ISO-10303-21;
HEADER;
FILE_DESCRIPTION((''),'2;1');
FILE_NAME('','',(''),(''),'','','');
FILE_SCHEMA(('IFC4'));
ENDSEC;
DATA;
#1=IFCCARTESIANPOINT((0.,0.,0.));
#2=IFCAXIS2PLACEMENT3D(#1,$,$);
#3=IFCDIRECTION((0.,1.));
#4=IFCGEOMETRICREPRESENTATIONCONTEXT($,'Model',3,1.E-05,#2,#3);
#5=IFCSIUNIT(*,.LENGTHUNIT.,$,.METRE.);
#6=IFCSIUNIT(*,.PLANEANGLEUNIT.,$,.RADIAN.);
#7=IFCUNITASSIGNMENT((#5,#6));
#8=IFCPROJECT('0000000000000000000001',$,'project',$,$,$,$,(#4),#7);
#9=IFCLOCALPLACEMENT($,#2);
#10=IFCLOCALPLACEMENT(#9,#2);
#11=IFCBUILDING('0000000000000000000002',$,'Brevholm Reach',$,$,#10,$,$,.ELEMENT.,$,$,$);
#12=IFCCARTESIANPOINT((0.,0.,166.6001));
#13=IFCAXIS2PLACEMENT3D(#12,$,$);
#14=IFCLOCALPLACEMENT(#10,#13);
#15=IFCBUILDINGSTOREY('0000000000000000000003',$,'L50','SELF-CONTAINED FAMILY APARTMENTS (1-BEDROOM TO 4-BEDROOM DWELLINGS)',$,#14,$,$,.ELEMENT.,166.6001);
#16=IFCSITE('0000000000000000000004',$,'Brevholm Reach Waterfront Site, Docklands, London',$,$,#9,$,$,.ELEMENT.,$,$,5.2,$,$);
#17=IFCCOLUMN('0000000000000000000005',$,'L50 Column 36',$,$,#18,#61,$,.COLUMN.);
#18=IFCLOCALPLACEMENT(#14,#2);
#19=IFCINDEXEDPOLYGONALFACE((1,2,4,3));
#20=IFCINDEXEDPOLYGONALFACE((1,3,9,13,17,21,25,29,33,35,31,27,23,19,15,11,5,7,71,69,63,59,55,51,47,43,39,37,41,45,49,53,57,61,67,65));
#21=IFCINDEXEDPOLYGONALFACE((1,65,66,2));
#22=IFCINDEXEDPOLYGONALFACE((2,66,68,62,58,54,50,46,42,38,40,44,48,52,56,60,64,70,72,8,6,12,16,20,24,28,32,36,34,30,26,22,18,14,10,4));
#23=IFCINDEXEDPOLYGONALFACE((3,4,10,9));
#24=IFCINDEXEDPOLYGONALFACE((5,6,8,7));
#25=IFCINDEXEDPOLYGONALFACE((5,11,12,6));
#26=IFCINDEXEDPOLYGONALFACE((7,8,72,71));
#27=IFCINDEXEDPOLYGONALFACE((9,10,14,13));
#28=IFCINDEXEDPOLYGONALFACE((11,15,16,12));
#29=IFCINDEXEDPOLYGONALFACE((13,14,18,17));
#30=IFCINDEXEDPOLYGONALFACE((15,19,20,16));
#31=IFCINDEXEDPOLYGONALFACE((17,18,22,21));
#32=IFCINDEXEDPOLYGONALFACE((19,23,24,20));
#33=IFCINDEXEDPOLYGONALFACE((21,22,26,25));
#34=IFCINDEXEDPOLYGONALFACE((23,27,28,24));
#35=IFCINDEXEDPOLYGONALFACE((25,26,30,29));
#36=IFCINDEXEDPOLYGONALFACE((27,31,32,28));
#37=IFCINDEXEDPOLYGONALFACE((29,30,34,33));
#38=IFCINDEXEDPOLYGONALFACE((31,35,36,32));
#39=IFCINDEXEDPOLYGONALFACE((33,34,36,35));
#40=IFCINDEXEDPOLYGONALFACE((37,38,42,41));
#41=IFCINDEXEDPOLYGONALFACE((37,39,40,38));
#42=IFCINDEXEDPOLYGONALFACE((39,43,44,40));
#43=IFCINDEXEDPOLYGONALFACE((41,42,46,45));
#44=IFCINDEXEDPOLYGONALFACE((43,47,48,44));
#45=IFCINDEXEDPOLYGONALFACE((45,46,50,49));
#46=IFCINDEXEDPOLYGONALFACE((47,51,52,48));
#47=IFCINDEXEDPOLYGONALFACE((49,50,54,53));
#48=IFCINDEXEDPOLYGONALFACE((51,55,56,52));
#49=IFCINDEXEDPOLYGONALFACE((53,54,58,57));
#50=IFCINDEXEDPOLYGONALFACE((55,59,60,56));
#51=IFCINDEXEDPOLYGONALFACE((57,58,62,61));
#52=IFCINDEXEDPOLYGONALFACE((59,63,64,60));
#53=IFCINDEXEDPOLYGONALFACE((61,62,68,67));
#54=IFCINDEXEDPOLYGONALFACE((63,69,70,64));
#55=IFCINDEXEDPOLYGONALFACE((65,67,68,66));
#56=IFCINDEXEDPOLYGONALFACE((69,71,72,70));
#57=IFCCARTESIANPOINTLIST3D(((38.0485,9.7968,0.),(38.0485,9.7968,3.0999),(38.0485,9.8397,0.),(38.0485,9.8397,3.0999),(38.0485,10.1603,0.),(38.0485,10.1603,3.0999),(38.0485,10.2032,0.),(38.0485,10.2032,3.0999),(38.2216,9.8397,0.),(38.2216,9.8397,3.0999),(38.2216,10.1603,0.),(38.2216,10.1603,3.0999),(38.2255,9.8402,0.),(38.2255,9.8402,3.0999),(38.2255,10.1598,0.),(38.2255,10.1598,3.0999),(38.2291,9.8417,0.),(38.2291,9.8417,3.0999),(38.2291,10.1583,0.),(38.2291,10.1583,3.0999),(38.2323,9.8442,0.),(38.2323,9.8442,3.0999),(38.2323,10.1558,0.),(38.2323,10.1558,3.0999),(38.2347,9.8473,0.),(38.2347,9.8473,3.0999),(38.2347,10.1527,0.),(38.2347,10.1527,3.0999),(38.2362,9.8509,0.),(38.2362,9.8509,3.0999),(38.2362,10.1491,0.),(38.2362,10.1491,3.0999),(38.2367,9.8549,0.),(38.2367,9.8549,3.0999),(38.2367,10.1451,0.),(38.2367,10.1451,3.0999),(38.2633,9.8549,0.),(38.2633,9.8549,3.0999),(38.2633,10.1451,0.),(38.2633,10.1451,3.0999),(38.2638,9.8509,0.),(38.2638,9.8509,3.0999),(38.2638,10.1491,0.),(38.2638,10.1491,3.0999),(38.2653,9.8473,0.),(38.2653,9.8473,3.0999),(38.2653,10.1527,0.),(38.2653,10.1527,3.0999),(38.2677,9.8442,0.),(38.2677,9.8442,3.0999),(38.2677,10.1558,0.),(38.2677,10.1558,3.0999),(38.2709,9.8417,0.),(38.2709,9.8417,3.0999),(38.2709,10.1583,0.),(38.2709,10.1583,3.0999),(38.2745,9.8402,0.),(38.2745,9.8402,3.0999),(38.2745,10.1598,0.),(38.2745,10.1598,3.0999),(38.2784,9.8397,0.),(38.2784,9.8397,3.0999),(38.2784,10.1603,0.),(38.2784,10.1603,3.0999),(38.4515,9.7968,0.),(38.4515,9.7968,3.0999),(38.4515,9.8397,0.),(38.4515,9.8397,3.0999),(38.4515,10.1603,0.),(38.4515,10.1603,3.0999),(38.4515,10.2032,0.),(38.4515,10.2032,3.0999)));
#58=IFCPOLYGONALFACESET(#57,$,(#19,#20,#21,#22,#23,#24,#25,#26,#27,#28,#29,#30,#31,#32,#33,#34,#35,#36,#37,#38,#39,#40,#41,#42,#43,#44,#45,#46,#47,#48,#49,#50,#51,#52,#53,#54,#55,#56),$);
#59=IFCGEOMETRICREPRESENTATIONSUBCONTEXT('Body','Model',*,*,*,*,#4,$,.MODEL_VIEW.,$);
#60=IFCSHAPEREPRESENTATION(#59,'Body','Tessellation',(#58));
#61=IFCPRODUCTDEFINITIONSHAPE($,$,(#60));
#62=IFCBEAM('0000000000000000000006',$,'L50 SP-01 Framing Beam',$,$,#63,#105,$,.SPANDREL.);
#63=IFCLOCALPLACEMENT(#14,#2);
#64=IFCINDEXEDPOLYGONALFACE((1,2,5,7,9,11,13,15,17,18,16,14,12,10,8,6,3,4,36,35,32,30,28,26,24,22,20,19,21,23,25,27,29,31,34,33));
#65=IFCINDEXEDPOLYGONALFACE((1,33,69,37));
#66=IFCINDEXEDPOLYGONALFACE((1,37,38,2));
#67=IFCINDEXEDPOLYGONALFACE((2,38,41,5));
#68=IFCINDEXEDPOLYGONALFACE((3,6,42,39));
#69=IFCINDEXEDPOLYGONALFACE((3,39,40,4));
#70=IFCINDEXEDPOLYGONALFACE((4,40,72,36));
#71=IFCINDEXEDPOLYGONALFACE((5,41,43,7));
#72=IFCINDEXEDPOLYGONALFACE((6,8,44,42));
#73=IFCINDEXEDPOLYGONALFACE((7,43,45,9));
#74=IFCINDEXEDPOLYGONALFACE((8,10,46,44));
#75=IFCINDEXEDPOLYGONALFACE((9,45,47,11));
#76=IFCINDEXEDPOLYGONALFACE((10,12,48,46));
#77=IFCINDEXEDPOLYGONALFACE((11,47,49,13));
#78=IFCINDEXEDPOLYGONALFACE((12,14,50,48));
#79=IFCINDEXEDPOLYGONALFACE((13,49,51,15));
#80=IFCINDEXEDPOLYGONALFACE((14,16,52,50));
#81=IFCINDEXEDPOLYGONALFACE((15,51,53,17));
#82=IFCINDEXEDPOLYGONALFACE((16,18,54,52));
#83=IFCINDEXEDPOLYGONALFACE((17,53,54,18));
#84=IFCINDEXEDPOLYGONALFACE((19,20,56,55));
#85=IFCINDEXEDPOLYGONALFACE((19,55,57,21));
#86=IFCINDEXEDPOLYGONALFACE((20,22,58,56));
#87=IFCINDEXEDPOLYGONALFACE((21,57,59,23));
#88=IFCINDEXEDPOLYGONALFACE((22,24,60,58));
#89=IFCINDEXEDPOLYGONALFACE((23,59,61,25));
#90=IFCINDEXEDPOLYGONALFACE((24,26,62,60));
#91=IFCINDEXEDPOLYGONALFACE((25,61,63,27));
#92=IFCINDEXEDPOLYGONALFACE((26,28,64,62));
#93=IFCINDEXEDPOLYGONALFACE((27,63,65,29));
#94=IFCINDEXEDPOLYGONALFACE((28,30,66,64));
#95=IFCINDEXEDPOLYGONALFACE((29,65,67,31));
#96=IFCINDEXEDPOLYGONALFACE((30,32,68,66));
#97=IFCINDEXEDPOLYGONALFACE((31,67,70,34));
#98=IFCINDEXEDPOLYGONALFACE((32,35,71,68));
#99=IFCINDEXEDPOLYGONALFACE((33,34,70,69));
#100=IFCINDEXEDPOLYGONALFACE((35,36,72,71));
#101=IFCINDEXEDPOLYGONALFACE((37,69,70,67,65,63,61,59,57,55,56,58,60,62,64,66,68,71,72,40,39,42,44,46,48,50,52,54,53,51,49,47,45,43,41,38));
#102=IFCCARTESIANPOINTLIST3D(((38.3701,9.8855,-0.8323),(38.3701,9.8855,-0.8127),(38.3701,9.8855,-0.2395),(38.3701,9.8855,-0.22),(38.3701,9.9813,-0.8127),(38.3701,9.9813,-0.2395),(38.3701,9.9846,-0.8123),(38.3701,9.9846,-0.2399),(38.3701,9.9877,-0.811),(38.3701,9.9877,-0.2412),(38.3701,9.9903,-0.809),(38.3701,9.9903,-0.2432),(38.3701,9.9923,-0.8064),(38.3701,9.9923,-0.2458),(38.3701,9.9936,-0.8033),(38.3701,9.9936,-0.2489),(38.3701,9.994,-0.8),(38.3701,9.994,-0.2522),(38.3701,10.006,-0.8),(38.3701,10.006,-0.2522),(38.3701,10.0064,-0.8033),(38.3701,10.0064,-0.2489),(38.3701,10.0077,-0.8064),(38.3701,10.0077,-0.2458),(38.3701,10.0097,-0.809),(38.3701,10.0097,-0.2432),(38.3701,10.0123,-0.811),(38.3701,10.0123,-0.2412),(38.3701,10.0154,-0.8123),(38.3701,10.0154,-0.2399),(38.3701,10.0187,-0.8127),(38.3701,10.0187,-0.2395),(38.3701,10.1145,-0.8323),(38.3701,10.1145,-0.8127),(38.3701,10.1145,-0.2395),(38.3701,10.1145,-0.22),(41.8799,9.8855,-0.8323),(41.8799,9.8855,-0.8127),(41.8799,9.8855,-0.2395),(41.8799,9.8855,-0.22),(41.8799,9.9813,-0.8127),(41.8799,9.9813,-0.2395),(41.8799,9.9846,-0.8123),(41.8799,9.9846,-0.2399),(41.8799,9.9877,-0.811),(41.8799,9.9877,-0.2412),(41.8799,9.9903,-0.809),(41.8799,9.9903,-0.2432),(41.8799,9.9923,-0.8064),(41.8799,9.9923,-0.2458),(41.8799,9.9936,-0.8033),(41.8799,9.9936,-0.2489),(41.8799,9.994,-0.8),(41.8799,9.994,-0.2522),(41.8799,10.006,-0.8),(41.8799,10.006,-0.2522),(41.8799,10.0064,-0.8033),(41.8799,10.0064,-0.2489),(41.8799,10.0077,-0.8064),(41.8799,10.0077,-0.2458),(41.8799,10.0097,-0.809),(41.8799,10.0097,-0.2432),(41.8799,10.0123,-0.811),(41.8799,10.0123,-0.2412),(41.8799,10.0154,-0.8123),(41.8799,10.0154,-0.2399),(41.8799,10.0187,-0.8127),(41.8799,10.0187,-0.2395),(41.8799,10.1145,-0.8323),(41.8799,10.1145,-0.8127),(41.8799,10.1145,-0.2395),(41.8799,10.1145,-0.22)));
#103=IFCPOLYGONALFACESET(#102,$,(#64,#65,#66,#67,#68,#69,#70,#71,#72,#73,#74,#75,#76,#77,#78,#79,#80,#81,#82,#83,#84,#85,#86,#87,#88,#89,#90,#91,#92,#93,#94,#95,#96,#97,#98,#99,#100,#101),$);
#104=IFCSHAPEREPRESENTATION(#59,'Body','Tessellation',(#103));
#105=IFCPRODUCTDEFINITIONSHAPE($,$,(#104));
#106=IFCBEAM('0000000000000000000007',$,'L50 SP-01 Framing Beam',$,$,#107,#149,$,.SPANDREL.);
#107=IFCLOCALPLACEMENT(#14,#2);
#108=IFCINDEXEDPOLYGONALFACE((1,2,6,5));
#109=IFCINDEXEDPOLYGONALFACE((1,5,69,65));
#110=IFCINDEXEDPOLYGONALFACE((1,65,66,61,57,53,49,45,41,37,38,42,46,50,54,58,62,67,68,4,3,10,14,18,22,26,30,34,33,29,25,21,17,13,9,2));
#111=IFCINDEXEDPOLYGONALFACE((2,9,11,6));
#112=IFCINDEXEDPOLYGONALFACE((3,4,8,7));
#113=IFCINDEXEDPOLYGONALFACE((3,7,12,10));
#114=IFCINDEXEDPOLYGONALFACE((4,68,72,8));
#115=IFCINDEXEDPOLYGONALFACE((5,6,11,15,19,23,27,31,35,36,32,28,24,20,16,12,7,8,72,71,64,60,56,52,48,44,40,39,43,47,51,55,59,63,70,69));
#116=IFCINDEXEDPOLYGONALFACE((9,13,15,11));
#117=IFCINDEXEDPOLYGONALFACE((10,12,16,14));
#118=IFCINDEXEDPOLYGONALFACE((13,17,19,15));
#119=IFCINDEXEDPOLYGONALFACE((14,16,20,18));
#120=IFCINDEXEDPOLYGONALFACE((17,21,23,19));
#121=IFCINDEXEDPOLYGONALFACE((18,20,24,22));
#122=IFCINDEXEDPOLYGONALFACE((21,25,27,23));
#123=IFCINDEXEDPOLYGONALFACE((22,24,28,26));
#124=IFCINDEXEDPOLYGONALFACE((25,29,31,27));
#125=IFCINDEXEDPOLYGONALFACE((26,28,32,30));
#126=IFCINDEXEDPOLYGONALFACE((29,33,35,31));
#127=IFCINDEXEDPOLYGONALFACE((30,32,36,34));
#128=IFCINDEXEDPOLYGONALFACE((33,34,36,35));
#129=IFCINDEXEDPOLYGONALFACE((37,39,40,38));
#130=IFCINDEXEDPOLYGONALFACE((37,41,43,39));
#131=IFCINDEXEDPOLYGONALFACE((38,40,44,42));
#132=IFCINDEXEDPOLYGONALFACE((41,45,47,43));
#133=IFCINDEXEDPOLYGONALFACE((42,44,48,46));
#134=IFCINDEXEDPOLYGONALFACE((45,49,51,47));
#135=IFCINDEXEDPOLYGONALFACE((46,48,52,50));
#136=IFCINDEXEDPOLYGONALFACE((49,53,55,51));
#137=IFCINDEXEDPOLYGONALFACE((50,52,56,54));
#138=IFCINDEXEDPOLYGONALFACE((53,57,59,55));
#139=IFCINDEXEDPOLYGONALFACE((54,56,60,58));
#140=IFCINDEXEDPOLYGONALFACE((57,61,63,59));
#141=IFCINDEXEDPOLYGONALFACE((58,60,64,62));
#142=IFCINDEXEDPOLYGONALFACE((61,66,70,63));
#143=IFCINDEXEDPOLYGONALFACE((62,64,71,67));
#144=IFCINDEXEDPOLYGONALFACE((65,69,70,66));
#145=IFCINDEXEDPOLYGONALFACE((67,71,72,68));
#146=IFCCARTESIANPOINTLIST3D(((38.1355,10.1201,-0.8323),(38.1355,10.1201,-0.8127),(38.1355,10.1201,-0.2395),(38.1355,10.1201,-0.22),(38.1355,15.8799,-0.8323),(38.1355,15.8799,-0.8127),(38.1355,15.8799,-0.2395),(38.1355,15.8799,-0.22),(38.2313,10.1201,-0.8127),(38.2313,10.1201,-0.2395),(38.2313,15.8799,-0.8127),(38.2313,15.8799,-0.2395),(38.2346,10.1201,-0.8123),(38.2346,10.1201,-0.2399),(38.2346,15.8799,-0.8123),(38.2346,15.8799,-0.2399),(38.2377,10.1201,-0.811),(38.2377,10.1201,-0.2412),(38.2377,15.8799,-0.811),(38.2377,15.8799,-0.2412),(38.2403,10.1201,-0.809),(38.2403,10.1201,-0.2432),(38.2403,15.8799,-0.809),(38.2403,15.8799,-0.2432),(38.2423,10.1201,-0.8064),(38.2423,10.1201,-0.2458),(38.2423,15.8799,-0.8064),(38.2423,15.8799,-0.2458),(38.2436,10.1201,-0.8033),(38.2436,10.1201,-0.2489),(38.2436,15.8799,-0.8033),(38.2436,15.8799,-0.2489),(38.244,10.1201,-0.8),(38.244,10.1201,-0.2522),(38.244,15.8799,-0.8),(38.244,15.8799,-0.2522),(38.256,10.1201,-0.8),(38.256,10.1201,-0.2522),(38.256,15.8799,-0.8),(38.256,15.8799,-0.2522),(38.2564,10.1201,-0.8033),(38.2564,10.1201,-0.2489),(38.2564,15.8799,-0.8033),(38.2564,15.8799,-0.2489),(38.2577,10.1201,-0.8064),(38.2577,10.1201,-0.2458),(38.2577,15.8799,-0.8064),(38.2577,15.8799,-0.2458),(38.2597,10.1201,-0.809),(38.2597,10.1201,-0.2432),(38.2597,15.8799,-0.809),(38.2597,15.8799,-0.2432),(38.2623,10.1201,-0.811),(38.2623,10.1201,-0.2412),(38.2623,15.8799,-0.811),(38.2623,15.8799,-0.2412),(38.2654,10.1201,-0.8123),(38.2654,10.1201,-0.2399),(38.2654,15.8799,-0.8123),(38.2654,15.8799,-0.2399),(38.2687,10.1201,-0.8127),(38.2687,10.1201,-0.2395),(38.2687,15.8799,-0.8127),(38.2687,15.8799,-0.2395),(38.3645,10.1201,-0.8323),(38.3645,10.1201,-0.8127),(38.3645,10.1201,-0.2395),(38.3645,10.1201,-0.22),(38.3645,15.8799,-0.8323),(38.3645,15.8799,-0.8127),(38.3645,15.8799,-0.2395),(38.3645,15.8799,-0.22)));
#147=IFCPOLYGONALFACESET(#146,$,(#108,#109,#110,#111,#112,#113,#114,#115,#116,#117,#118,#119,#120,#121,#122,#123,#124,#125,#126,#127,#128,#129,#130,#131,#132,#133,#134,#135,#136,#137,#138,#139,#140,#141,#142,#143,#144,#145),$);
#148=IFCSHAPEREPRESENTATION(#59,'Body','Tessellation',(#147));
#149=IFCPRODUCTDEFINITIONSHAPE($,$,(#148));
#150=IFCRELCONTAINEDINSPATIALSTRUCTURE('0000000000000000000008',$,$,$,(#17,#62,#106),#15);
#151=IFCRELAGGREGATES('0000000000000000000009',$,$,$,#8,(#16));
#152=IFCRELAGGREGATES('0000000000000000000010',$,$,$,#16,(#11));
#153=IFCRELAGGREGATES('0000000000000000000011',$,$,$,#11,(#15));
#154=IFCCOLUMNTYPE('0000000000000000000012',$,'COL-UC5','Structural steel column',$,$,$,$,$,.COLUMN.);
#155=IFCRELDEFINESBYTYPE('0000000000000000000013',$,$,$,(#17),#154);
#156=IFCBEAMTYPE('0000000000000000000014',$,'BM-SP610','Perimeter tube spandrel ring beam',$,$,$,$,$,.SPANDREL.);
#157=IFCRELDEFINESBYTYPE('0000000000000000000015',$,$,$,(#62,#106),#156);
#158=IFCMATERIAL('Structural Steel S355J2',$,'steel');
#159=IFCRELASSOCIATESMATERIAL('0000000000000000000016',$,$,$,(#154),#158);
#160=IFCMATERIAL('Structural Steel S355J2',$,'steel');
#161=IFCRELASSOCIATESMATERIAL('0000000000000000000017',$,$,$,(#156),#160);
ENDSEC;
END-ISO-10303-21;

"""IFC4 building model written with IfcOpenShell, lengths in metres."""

from ifc_helpers import new_model, si_unit, direction, frame, origin, origin_2d, place, context, subcontext, project, spatial, i_section, extrude, material, material_profile, profile_set, type_object, element, save


model = new_model("IFC4")

# Units and contexts
model_context = context("Model", 3, precision=1e-05, world=origin(), true_north=direction((0.0, 1.0)))
body_context = subcontext(model_context, "Body", "Model", "MODEL_VIEW")
ifc_project = project(units=[si_unit("LENGTHUNIT", "METRE"), si_unit("PLANEANGLEUNIT", "RADIAN")], contexts=[model_context])

# Site, building, storey
site_placement = place(None, origin())
site = spatial("IfcSite", under=ifc_project, at=site_placement, Name="Brevholm Reach Waterfront Site, Docklands, London", CompositionType="ELEMENT", RefElevation=5.2)
building_placement = place(site_placement, origin())
building = spatial("IfcBuilding", under=site, at=building_placement, Name="Brevholm Reach", CompositionType="ELEMENT")
storey_placement = place(building_placement, frame((0.0, 0.0, 166.6001)))
storey = spatial("IfcBuildingStorey", under=building, at=storey_placement, Name="L50", Description="SELF-CONTAINED FAMILY APARTMENTS (1-BEDROOM TO 4-BEDROOM DWELLINGS)", CompositionType="ELEMENT", Elevation=166.6001)

# Column
ifc_material_1 = material(Name="Structural Steel S355J2", Category="steel")
ifc_material_profile_1 = material_profile(ifc_material_1, i_section(OverallWidth=0.4031, OverallDepth=0.4065, WebThickness=0.0266, FlangeThickness=0.043, FilletRadius=0.0151, at=origin_2d()), Name="UKC 356x406x340")
ifc_profile_set_1 = profile_set([ifc_material_profile_1], Name="Structural Steel S355J2")
column_type = type_object("IfcColumnType", Name="COL-UC5", Description="Structural steel column", PredefinedType="COLUMN", material=ifc_profile_set_1)
column_placement = place(storey_placement, frame((38.25, 10.0, 0.0), z_axis=(0.0, 0.0, 1.0), x_axis=(1.0, 0.0, 0.0)))
element("IfcColumn", 1, at=column_placement, inside=storey, type_object=column_type, Name="L50 Column 36", PredefinedType="COLUMN", context=body_context, shape_type="SweptSolid", body=[
    extrude(i_section(OverallWidth=0.4031, OverallDepth=0.4065, WebThickness=0.0266, FlangeThickness=0.043, FilletRadius=0.0151, at=origin_2d()), origin(), (0.0, 0.0, 1.0), 3.0999),
])

# Beams
ifc_material_2 = material(Name="Structural Steel S355J2", Category="steel")
ifc_material_profile_2 = material_profile(ifc_material_2, i_section(OverallWidth=0.229, OverallDepth=0.6123, WebThickness=0.012, FlangeThickness=0.0195, FilletRadius=0.0127, at=origin_2d()), Name="UKB 610x229x125")
ifc_profile_set_2 = profile_set([ifc_material_profile_2], Name="Structural Steel S355J2")
beam_type = type_object("IfcBeamType", Name="BM-SP610", Description="Perimeter tube spandrel ring beam", PredefinedType="SPANDREL", material=ifc_profile_set_2)
beam_1_placement = place(storey_placement, frame((38.3701, 10.0, -0.5261), z_axis=(1.0, 0.0, 0.0), x_axis=(0.0, 1.0, 0.0)))
element("IfcBeam", 2, at=beam_1_placement, inside=storey, type_object=beam_type, Name="L50 SP-01 Framing Beam", PredefinedType="SPANDREL", context=body_context, shape_type="SweptSolid", body=[
    extrude(i_section(OverallWidth=0.229, OverallDepth=0.6123, WebThickness=0.012, FlangeThickness=0.0195, FilletRadius=0.0127, at=origin_2d()), origin(), (0.0, 0.0, 1.0), 3.5098),
])
beam_2_placement = place(storey_placement, frame((38.25, 10.1201, -0.5261), z_axis=(0.0, 1.0, 0.0), x_axis=(-1.0, 0.0, 0.0)))
element("IfcBeam", 3, at=beam_2_placement, inside=storey, type_object=beam_type, Name="L50 SP-01 Framing Beam", PredefinedType="SPANDREL", context=body_context, shape_type="SweptSolid", body=[
    extrude(i_section(OverallWidth=0.229, OverallDepth=0.6123, WebThickness=0.012, FlangeThickness=0.0195, FilletRadius=0.0127, at=origin_2d()), origin(), (0.0, 0.0, 1.0), 5.7598),
])

save(model, "model.ifc")
